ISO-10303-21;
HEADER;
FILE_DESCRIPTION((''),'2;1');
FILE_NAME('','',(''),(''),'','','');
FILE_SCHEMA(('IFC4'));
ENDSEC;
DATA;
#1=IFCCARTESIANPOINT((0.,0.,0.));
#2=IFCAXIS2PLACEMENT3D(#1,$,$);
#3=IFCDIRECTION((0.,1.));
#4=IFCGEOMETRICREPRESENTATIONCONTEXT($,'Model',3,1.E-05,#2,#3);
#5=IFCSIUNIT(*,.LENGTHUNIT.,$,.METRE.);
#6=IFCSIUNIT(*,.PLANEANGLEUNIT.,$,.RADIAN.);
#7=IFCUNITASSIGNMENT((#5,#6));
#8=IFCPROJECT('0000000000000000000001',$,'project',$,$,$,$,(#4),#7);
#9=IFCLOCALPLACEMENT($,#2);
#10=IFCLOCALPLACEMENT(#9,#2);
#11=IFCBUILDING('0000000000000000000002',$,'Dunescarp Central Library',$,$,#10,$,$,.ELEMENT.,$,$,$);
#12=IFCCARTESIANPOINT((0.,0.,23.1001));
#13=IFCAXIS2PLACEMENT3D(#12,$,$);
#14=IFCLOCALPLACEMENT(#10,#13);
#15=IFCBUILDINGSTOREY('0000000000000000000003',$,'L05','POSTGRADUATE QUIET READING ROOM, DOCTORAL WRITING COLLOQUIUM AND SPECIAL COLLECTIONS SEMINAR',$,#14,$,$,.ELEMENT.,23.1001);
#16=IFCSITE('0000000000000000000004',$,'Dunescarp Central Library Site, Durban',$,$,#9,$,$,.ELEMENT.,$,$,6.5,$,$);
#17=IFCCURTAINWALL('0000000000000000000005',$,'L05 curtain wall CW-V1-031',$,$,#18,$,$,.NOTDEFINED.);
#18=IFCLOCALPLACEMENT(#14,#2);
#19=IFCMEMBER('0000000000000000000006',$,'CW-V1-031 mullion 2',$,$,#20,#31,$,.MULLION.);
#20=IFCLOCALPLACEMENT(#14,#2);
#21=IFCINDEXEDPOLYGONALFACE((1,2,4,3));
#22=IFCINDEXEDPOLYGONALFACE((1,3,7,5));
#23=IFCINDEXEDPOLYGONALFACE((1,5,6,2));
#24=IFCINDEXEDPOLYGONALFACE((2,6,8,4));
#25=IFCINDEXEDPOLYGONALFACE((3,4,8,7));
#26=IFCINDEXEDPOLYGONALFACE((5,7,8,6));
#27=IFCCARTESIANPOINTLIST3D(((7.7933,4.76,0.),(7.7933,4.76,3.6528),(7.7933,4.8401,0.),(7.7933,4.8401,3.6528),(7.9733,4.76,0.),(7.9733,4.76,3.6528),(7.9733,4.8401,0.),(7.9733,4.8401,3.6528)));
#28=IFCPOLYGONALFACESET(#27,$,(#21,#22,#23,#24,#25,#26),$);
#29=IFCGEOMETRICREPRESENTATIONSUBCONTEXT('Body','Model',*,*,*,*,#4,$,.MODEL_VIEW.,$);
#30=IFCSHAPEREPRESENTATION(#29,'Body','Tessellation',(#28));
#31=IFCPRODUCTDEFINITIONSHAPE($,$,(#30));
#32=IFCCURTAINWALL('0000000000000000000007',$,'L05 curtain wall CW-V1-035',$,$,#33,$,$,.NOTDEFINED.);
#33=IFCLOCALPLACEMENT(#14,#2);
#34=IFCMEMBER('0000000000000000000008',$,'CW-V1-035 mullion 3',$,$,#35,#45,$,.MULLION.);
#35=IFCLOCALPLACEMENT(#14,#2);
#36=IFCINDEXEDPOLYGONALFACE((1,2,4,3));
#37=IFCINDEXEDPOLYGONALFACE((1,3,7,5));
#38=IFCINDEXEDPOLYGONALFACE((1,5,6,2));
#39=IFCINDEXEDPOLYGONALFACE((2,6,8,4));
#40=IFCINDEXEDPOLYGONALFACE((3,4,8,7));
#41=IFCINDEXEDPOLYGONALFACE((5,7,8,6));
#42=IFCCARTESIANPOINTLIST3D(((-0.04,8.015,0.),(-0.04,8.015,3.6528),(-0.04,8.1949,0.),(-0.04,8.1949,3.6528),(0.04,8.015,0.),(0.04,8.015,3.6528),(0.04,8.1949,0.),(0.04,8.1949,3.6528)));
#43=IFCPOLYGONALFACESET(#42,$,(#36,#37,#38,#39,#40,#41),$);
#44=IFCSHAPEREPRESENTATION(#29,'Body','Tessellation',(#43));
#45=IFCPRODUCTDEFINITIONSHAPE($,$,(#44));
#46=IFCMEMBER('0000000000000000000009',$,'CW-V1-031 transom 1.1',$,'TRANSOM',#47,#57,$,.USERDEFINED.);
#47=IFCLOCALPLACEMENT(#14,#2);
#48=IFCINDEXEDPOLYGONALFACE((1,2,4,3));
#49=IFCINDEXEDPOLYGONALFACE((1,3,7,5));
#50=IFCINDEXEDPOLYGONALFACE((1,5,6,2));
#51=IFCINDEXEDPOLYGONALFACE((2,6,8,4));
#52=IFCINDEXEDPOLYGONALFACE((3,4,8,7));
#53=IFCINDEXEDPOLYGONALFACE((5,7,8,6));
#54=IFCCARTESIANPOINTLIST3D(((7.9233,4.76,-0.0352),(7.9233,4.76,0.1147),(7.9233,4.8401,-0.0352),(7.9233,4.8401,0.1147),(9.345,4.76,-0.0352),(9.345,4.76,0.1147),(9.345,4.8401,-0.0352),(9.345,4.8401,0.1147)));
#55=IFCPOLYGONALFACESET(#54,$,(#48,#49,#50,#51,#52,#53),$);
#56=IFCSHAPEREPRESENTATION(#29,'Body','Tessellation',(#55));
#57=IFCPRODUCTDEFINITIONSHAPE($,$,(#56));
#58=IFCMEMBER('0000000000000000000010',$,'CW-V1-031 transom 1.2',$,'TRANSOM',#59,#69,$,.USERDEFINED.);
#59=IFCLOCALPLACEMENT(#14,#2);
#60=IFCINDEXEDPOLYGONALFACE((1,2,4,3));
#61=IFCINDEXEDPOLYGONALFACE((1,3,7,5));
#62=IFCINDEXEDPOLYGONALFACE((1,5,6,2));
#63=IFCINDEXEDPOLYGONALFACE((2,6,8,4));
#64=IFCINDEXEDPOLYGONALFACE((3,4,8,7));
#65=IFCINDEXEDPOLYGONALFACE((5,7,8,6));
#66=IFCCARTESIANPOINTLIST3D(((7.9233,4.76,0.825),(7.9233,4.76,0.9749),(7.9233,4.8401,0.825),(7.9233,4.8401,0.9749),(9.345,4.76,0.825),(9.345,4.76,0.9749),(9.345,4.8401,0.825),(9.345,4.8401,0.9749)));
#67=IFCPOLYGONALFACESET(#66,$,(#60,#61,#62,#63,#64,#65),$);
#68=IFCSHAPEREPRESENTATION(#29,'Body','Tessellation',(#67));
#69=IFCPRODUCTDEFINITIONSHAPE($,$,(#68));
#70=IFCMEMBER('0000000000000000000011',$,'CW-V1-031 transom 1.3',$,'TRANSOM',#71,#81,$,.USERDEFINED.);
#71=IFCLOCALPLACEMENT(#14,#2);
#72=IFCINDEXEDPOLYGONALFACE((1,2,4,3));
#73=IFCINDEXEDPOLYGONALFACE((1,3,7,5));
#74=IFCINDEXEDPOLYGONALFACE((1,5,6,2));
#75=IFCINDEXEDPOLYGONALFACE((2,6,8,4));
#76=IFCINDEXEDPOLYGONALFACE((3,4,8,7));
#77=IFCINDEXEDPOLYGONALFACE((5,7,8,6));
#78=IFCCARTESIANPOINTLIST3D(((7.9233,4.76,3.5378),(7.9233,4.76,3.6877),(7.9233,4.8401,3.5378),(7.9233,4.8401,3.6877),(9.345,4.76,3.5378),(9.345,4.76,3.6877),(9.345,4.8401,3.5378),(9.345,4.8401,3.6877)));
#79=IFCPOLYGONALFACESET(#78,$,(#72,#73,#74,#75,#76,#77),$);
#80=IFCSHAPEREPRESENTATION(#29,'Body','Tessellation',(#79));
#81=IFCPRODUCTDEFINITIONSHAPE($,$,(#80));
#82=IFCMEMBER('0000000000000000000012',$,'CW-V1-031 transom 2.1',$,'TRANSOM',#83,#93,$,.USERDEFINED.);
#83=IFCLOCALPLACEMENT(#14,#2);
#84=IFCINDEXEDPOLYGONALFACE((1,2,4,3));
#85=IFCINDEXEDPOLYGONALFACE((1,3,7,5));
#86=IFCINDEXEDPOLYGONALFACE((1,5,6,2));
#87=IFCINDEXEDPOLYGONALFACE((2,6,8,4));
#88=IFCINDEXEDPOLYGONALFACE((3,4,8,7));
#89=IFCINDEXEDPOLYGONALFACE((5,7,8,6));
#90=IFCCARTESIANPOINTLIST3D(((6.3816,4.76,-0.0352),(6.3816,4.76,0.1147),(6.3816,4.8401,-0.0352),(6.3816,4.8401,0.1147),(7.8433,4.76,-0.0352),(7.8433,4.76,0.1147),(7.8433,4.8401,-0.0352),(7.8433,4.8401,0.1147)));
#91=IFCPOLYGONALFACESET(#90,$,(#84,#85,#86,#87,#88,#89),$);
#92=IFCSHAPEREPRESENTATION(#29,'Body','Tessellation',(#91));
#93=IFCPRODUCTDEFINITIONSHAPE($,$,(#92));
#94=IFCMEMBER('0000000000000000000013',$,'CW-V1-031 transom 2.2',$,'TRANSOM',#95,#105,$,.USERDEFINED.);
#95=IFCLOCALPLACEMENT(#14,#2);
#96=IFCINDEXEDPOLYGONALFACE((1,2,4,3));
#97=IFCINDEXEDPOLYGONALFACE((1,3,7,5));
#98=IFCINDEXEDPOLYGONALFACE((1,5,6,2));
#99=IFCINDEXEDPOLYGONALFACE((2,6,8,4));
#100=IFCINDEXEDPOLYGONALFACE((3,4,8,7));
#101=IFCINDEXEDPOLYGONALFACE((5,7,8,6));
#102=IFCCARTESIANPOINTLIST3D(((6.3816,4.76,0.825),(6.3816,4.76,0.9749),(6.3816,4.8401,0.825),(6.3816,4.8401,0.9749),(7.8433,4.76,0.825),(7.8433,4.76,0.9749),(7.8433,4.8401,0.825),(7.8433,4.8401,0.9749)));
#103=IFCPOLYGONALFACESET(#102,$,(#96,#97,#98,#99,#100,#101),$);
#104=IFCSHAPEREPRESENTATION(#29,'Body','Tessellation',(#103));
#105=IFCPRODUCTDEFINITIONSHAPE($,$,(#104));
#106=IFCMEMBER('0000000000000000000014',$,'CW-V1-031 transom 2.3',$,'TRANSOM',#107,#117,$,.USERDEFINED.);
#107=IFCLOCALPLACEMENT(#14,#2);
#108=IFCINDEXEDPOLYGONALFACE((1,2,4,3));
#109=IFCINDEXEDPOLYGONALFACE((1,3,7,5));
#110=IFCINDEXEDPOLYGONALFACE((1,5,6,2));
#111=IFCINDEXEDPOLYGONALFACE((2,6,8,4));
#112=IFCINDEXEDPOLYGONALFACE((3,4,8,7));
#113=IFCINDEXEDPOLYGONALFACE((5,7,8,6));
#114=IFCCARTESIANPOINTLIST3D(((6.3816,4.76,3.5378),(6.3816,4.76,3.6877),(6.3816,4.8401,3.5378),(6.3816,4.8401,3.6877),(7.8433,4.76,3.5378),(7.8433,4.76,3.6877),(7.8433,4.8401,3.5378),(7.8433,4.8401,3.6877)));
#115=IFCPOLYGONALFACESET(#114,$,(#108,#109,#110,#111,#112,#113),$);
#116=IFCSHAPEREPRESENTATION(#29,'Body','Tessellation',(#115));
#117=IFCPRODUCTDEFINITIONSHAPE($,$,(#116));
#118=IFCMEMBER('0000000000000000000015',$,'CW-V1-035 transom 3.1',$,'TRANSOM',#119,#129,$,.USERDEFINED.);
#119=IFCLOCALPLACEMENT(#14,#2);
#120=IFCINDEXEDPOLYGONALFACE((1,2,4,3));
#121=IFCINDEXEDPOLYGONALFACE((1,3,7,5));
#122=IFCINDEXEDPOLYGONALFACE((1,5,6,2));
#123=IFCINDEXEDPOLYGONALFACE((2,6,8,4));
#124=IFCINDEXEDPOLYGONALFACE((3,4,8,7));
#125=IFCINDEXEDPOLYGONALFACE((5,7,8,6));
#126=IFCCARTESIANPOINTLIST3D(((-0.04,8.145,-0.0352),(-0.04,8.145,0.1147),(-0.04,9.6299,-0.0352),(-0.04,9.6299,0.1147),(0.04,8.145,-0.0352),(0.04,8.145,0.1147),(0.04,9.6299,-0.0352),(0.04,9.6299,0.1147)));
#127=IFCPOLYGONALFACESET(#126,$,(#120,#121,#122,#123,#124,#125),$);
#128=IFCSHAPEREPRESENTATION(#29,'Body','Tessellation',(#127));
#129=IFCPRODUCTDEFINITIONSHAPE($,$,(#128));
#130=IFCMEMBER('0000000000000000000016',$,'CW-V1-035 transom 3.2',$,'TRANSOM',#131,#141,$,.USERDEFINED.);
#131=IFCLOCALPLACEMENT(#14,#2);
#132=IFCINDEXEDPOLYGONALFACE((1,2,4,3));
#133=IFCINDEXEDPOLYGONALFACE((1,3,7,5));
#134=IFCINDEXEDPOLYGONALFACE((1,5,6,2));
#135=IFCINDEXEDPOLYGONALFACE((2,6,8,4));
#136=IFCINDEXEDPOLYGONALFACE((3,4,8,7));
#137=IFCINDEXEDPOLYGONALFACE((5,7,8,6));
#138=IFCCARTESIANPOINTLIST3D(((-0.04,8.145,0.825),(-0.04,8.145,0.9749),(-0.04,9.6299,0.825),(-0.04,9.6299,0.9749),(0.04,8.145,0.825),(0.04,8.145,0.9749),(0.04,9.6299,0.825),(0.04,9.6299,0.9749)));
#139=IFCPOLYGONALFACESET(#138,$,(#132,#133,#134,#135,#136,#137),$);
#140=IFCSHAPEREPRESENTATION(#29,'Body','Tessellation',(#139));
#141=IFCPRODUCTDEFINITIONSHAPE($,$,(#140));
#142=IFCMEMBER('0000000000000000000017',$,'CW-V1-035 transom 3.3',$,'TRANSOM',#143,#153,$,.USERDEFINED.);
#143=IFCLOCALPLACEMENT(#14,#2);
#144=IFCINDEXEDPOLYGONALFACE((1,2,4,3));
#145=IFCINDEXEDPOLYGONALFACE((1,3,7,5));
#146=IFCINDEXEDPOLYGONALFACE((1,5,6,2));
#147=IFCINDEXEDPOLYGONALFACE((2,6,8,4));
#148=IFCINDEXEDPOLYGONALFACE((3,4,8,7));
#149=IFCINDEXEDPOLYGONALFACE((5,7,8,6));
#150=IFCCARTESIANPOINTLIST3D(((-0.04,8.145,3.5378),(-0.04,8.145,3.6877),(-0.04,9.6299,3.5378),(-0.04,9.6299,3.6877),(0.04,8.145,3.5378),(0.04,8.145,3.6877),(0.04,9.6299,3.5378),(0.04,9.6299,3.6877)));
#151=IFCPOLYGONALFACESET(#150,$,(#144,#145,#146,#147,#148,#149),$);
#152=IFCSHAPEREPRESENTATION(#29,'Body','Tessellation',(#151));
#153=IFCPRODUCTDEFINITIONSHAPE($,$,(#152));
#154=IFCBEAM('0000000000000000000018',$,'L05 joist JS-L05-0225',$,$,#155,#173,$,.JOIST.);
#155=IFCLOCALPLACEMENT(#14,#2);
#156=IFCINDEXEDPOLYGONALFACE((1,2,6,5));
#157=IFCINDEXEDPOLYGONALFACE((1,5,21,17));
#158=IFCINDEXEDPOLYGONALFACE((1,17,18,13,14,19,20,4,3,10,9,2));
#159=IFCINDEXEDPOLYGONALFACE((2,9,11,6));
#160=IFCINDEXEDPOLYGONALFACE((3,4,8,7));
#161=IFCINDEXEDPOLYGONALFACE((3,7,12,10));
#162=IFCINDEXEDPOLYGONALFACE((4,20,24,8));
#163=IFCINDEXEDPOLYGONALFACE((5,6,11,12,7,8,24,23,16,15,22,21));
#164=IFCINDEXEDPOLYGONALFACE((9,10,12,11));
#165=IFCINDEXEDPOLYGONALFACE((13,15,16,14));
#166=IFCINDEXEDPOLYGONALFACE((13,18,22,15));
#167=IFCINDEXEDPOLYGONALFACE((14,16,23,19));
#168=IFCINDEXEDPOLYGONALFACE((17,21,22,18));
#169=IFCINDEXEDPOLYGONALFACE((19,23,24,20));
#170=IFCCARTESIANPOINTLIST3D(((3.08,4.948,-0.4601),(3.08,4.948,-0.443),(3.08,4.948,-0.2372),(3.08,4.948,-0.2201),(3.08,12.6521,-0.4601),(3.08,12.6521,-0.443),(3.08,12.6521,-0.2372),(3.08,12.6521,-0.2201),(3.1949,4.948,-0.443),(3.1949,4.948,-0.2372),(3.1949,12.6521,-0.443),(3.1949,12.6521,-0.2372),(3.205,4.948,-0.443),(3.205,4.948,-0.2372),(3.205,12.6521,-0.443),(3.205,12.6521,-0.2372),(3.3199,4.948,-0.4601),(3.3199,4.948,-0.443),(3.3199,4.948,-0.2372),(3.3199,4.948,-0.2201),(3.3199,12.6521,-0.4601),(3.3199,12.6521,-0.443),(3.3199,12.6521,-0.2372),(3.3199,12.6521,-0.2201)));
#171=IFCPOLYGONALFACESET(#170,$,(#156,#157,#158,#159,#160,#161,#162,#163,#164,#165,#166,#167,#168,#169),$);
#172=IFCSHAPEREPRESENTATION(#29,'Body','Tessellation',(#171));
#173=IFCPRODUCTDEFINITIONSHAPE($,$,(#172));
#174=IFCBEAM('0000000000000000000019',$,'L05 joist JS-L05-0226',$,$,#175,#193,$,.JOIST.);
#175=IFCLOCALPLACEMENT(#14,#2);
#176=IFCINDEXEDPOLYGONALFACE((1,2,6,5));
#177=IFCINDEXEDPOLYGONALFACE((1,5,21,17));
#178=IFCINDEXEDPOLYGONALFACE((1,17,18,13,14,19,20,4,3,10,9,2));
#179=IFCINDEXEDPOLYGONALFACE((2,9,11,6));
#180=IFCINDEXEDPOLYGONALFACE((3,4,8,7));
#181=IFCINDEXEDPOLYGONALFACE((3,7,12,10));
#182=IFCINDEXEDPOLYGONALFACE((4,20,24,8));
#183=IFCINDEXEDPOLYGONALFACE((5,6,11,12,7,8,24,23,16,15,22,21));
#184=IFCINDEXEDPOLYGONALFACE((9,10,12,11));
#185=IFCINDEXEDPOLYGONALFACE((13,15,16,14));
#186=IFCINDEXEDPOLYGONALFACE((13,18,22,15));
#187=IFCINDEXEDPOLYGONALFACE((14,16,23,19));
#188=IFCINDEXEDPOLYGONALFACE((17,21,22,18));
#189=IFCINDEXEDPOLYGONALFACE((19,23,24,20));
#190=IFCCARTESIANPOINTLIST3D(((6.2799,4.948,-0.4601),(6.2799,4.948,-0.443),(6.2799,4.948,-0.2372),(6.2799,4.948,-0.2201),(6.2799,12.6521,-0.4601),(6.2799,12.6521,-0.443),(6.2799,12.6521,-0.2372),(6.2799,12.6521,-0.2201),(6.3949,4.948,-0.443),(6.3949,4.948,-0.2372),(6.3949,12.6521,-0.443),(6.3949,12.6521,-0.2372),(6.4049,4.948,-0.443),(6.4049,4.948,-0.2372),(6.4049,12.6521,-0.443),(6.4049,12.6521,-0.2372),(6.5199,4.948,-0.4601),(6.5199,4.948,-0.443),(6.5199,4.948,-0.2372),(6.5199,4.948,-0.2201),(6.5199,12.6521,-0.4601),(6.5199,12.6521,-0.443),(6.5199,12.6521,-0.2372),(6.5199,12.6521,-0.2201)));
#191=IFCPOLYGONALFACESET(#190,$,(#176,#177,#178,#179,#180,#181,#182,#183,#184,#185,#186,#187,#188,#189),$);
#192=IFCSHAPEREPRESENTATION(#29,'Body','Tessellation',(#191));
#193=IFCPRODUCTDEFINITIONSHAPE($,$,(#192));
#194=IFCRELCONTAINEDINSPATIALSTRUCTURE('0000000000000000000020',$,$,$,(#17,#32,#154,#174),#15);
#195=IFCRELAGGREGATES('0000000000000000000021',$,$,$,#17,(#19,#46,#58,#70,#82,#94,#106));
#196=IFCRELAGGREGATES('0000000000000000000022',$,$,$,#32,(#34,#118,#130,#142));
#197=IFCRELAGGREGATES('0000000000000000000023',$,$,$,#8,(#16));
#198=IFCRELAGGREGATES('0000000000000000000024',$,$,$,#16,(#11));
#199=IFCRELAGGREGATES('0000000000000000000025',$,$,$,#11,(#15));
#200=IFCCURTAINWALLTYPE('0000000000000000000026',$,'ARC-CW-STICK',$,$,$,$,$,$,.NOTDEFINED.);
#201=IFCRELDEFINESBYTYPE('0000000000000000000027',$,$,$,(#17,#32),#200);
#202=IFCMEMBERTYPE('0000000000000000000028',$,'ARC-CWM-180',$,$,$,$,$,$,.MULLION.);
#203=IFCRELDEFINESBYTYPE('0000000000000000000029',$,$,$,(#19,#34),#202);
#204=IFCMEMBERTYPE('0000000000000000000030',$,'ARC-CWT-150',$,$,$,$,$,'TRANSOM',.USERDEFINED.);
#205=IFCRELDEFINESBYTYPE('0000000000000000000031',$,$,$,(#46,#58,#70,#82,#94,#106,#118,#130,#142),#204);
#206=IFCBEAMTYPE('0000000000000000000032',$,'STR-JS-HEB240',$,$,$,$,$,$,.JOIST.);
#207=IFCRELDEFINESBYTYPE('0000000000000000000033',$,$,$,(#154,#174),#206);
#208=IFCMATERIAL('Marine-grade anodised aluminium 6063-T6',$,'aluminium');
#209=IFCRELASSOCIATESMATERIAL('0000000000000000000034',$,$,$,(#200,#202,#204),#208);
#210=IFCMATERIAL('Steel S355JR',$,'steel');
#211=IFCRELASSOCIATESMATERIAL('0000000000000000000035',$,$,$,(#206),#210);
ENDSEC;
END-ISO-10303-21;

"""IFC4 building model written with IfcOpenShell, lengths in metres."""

from ifc_helpers import new_model, si_unit, direction, frame, origin, origin_2d, place, context, subcontext, project, spatial, rectangle, i_section, extrude, material, material_profile, profile_set, type_object, element, aggregate, save


model = new_model("IFC4")

# Units and contexts
model_context = context("Model", 3, precision=1e-05, world=origin(), true_north=direction((0.0, 1.0)))
body_context = subcontext(model_context, "Body", "Model", "MODEL_VIEW")
ifc_project = project(units=[si_unit("LENGTHUNIT", "METRE"), si_unit("PLANEANGLEUNIT", "RADIAN")], contexts=[model_context])

# Site, building, storey
site_placement = place(None, origin())
site = spatial("IfcSite", under=ifc_project, at=site_placement, Name="Dunescarp Central Library Site, Durban", CompositionType="ELEMENT", RefElevation=6.5)
building_placement = place(site_placement, origin())
building = spatial("IfcBuilding", under=site, at=building_placement, Name="Dunescarp Central Library", CompositionType="ELEMENT")
storey_placement = place(building_placement, frame((0.0, 0.0, 23.1001)))
storey = spatial("IfcBuildingStorey", under=building, at=storey_placement, Name="L05", Description="POSTGRADUATE QUIET READING ROOM, DOCTORAL WRITING COLLOQUIUM AND SPECIAL COLLECTIONS SEMINAR", CompositionType="ELEMENT", Elevation=23.1001)

# Curtain walls, members
ifc_material_1 = material(Name="Marine-grade anodised aluminium 6063-T6", Category="aluminium")
curtain_wall_type = type_object("IfcCurtainWallType", Name="ARC-CW-STICK", PredefinedType="NOTDEFINED", material=ifc_material_1)
curtain_wall_1_placement = place(storey_placement, origin())
curtain_wall_1 = element("IfcCurtainWall", 1, at=curtain_wall_1_placement, inside=storey, type_object=curtain_wall_type, Name="L05 curtain wall CW-V1-031", PredefinedType="NOTDEFINED")
ifc_material_profile_1 = material_profile(ifc_material_1, rectangle(XDim=0.0801, YDim=0.1799, at=origin_2d()), Name="AL 80x180")
ifc_profile_set_1 = profile_set([ifc_material_profile_1], Name="Marine-grade anodised aluminium 6063-T6")
member_type_1 = type_object("IfcMemberType", Name="ARC-CWM-180", PredefinedType="MULLION", material=ifc_profile_set_1)
member_1_placement = place(storey_placement, frame((7.8833, 4.8, 0.0), z_axis=(0.0, 0.0, 1.0), x_axis=(0.0, -1.0, 0.0)))
member_1 = element("IfcMember", 2, at=member_1_placement, type_object=member_type_1, Name="CW-V1-031 mullion 2", PredefinedType="MULLION", context=body_context, shape_type="SweptSolid", body=[
    extrude(rectangle(XDim=0.0801, YDim=0.1799, at=origin_2d()), origin(), (0.0, 0.0, 1.0), 3.6528),
])
curtain_wall_2_placement = place(storey_placement, origin())
curtain_wall_2 = element("IfcCurtainWall", 3, at=curtain_wall_2_placement, inside=storey, type_object=curtain_wall_type, Name="L05 curtain wall CW-V1-035", PredefinedType="NOTDEFINED")
member_2_placement = place(storey_placement, frame((0.0, 8.105, 0.0), z_axis=(0.0, 0.0, 1.0), x_axis=(-1.0, 0.0, 0.0)))
member_2 = element("IfcMember", 4, at=member_2_placement, type_object=member_type_1, Name="CW-V1-035 mullion 3", PredefinedType="MULLION", context=body_context, shape_type="SweptSolid", body=[
    extrude(rectangle(XDim=0.0801, YDim=0.1799, at=origin_2d()), origin(), (0.0, 0.0, 1.0), 3.6528),
])

# Members
ifc_material_profile_2 = material_profile(ifc_material_1, rectangle(XDim=0.0801, YDim=0.1499, at=origin_2d()), Name="AL 80x150")
ifc_profile_set_2 = profile_set([ifc_material_profile_2], Name="Marine-grade anodised aluminium 6063-T6")
member_type_2 = type_object("IfcMemberType", Name="ARC-CWT-150", ElementType="TRANSOM", PredefinedType="USERDEFINED", material=ifc_profile_set_2)
member_3_placement = place(storey_placement, frame((9.345, 4.8, 0.0398), z_axis=(-1.0, 0.0, 0.0), x_axis=(0.0, -1.0, 0.0)))
member_3 = element("IfcMember", 5, at=member_3_placement, type_object=member_type_2, Name="CW-V1-031 transom 1.1", ObjectType="TRANSOM", PredefinedType="USERDEFINED", context=body_context, shape_type="SweptSolid", body=[
    extrude(rectangle(XDim=0.0801, YDim=0.1499, at=origin_2d()), origin(), (0.0, 0.0, 1.0), 1.4216),
])
member_4_placement = place(storey_placement, frame((9.345, 4.8, 0.8999), z_axis=(-1.0, 0.0, 0.0), x_axis=(0.0, -1.0, 0.0)))
member_4 = element("IfcMember", 6, at=member_4_placement, type_object=member_type_2, Name="CW-V1-031 transom 1.2", ObjectType="TRANSOM", PredefinedType="USERDEFINED", context=body_context, shape_type="SweptSolid", body=[
    extrude(rectangle(XDim=0.0801, YDim=0.1499, at=origin_2d()), origin(), (0.0, 0.0, 1.0), 1.4216),
])
member_5_placement = place(storey_placement, frame((9.345, 4.8, 3.6128), z_axis=(-1.0, 0.0, 0.0), x_axis=(0.0, -1.0, 0.0)))
member_5 = element("IfcMember", 7, at=member_5_placement, type_object=member_type_2, Name="CW-V1-031 transom 1.3", ObjectType="TRANSOM", PredefinedType="USERDEFINED", context=body_context, shape_type="SweptSolid", body=[
    extrude(rectangle(XDim=0.0801, YDim=0.1499, at=origin_2d()), origin(), (0.0, 0.0, 1.0), 1.4216),
])
member_6_placement = place(storey_placement, frame((7.8433, 4.8, 0.0398), z_axis=(-1.0, 0.0, 0.0), x_axis=(0.0, -1.0, 0.0)))
member_6 = element("IfcMember", 8, at=member_6_placement, type_object=member_type_2, Name="CW-V1-031 transom 2.1", ObjectType="TRANSOM", PredefinedType="USERDEFINED", context=body_context, shape_type="SweptSolid", body=[
    extrude(rectangle(XDim=0.0801, YDim=0.1499, at=origin_2d()), origin(), (0.0, 0.0, 1.0), 1.4617),
])
member_7_placement = place(storey_placement, frame((7.8433, 4.8, 0.8999), z_axis=(-1.0, 0.0, 0.0), x_axis=(0.0, -1.0, 0.0)))
member_7 = element("IfcMember", 9, at=member_7_placement, type_object=member_type_2, Name="CW-V1-031 transom 2.2", ObjectType="TRANSOM", PredefinedType="USERDEFINED", context=body_context, shape_type="SweptSolid", body=[
    extrude(rectangle(XDim=0.0801, YDim=0.1499, at=origin_2d()), origin(), (0.0, 0.0, 1.0), 1.4617),
])
member_8_placement = place(storey_placement, frame((7.8433, 4.8, 3.6128), z_axis=(-1.0, 0.0, 0.0), x_axis=(0.0, -1.0, 0.0)))
member_8 = element("IfcMember", 10, at=member_8_placement, type_object=member_type_2, Name="CW-V1-031 transom 2.3", ObjectType="TRANSOM", PredefinedType="USERDEFINED", context=body_context, shape_type="SweptSolid", body=[
    extrude(rectangle(XDim=0.0801, YDim=0.1499, at=origin_2d()), origin(), (0.0, 0.0, 1.0), 1.4617),
])
member_9_placement = place(storey_placement, frame((0.0, 8.145, 0.0398), z_axis=(0.0, 1.0, 0.0), x_axis=(-1.0, 0.0, 0.0)))
member_9 = element("IfcMember", 11, at=member_9_placement, type_object=member_type_2, Name="CW-V1-035 transom 3.1", ObjectType="TRANSOM", PredefinedType="USERDEFINED", context=body_context, shape_type="SweptSolid", body=[
    extrude(rectangle(XDim=0.0801, YDim=0.1499, at=origin_2d()), origin(), (0.0, 0.0, 1.0), 1.4849),
])
member_10_placement = place(storey_placement, frame((0.0, 8.145, 0.8999), z_axis=(0.0, 1.0, 0.0), x_axis=(-1.0, 0.0, 0.0)))
member_10 = element("IfcMember", 12, at=member_10_placement, type_object=member_type_2, Name="CW-V1-035 transom 3.2", ObjectType="TRANSOM", PredefinedType="USERDEFINED", context=body_context, shape_type="SweptSolid", body=[
    extrude(rectangle(XDim=0.0801, YDim=0.1499, at=origin_2d()), origin(), (0.0, 0.0, 1.0), 1.4849),
])
member_11_placement = place(storey_placement, frame((0.0, 8.145, 3.6128), z_axis=(0.0, 1.0, 0.0), x_axis=(-1.0, 0.0, 0.0)))
member_11 = element("IfcMember", 13, at=member_11_placement, type_object=member_type_2, Name="CW-V1-035 transom 3.3", ObjectType="TRANSOM", PredefinedType="USERDEFINED", context=body_context, shape_type="SweptSolid", body=[
    extrude(rectangle(XDim=0.0801, YDim=0.1499, at=origin_2d()), origin(), (0.0, 0.0, 1.0), 1.4849),
])

# Beams
ifc_material_2 = material(Name="Steel S355JR", Category="steel")
ifc_material_profile_3 = material_profile(ifc_material_2, i_section(OverallWidth=0.24, OverallDepth=0.24, WebThickness=0.01, FlangeThickness=0.0171, at=origin_2d()), Name="HEB 240")
ifc_profile_set_3 = profile_set([ifc_material_profile_3], Name="Steel S355JR")
beam_type = type_object("IfcBeamType", Name="STR-JS-HEB240", PredefinedType="JOIST", material=ifc_profile_set_3)
for number, where, z_axis, x_axis, name in (
    (14, (3.2, 4.948, -0.3401), (0.0, 1.0, 0.0), (-1.0, 0.0, 0.0), "L05 joist JS-L05-0225"),
    (15, (6.3999, 4.948, -0.3401), (0.0, 1.0, 0.0), (-1.0, 0.0, 0.0), "L05 joist JS-L05-0226"),
):
    element("IfcBeam", number, at=place(storey_placement, frame(where, z_axis=z_axis, x_axis=x_axis)), inside=storey, type_object=beam_type, Name=name, PredefinedType="JOIST", context=body_context, shape_type="SweptSolid", body=[
        extrude(i_section(OverallWidth=0.24, OverallDepth=0.24, WebThickness=0.01, FlangeThickness=0.0171, at=origin_2d()), origin(), (0.0, 0.0, 1.0), 7.7041),
    ])

aggregate(curtain_wall_1, [member_1, member_3, member_4, member_5, member_6, member_7, member_8])
aggregate(curtain_wall_2, [member_2, member_9, member_10, member_11])

save(model, "model.ifc")
